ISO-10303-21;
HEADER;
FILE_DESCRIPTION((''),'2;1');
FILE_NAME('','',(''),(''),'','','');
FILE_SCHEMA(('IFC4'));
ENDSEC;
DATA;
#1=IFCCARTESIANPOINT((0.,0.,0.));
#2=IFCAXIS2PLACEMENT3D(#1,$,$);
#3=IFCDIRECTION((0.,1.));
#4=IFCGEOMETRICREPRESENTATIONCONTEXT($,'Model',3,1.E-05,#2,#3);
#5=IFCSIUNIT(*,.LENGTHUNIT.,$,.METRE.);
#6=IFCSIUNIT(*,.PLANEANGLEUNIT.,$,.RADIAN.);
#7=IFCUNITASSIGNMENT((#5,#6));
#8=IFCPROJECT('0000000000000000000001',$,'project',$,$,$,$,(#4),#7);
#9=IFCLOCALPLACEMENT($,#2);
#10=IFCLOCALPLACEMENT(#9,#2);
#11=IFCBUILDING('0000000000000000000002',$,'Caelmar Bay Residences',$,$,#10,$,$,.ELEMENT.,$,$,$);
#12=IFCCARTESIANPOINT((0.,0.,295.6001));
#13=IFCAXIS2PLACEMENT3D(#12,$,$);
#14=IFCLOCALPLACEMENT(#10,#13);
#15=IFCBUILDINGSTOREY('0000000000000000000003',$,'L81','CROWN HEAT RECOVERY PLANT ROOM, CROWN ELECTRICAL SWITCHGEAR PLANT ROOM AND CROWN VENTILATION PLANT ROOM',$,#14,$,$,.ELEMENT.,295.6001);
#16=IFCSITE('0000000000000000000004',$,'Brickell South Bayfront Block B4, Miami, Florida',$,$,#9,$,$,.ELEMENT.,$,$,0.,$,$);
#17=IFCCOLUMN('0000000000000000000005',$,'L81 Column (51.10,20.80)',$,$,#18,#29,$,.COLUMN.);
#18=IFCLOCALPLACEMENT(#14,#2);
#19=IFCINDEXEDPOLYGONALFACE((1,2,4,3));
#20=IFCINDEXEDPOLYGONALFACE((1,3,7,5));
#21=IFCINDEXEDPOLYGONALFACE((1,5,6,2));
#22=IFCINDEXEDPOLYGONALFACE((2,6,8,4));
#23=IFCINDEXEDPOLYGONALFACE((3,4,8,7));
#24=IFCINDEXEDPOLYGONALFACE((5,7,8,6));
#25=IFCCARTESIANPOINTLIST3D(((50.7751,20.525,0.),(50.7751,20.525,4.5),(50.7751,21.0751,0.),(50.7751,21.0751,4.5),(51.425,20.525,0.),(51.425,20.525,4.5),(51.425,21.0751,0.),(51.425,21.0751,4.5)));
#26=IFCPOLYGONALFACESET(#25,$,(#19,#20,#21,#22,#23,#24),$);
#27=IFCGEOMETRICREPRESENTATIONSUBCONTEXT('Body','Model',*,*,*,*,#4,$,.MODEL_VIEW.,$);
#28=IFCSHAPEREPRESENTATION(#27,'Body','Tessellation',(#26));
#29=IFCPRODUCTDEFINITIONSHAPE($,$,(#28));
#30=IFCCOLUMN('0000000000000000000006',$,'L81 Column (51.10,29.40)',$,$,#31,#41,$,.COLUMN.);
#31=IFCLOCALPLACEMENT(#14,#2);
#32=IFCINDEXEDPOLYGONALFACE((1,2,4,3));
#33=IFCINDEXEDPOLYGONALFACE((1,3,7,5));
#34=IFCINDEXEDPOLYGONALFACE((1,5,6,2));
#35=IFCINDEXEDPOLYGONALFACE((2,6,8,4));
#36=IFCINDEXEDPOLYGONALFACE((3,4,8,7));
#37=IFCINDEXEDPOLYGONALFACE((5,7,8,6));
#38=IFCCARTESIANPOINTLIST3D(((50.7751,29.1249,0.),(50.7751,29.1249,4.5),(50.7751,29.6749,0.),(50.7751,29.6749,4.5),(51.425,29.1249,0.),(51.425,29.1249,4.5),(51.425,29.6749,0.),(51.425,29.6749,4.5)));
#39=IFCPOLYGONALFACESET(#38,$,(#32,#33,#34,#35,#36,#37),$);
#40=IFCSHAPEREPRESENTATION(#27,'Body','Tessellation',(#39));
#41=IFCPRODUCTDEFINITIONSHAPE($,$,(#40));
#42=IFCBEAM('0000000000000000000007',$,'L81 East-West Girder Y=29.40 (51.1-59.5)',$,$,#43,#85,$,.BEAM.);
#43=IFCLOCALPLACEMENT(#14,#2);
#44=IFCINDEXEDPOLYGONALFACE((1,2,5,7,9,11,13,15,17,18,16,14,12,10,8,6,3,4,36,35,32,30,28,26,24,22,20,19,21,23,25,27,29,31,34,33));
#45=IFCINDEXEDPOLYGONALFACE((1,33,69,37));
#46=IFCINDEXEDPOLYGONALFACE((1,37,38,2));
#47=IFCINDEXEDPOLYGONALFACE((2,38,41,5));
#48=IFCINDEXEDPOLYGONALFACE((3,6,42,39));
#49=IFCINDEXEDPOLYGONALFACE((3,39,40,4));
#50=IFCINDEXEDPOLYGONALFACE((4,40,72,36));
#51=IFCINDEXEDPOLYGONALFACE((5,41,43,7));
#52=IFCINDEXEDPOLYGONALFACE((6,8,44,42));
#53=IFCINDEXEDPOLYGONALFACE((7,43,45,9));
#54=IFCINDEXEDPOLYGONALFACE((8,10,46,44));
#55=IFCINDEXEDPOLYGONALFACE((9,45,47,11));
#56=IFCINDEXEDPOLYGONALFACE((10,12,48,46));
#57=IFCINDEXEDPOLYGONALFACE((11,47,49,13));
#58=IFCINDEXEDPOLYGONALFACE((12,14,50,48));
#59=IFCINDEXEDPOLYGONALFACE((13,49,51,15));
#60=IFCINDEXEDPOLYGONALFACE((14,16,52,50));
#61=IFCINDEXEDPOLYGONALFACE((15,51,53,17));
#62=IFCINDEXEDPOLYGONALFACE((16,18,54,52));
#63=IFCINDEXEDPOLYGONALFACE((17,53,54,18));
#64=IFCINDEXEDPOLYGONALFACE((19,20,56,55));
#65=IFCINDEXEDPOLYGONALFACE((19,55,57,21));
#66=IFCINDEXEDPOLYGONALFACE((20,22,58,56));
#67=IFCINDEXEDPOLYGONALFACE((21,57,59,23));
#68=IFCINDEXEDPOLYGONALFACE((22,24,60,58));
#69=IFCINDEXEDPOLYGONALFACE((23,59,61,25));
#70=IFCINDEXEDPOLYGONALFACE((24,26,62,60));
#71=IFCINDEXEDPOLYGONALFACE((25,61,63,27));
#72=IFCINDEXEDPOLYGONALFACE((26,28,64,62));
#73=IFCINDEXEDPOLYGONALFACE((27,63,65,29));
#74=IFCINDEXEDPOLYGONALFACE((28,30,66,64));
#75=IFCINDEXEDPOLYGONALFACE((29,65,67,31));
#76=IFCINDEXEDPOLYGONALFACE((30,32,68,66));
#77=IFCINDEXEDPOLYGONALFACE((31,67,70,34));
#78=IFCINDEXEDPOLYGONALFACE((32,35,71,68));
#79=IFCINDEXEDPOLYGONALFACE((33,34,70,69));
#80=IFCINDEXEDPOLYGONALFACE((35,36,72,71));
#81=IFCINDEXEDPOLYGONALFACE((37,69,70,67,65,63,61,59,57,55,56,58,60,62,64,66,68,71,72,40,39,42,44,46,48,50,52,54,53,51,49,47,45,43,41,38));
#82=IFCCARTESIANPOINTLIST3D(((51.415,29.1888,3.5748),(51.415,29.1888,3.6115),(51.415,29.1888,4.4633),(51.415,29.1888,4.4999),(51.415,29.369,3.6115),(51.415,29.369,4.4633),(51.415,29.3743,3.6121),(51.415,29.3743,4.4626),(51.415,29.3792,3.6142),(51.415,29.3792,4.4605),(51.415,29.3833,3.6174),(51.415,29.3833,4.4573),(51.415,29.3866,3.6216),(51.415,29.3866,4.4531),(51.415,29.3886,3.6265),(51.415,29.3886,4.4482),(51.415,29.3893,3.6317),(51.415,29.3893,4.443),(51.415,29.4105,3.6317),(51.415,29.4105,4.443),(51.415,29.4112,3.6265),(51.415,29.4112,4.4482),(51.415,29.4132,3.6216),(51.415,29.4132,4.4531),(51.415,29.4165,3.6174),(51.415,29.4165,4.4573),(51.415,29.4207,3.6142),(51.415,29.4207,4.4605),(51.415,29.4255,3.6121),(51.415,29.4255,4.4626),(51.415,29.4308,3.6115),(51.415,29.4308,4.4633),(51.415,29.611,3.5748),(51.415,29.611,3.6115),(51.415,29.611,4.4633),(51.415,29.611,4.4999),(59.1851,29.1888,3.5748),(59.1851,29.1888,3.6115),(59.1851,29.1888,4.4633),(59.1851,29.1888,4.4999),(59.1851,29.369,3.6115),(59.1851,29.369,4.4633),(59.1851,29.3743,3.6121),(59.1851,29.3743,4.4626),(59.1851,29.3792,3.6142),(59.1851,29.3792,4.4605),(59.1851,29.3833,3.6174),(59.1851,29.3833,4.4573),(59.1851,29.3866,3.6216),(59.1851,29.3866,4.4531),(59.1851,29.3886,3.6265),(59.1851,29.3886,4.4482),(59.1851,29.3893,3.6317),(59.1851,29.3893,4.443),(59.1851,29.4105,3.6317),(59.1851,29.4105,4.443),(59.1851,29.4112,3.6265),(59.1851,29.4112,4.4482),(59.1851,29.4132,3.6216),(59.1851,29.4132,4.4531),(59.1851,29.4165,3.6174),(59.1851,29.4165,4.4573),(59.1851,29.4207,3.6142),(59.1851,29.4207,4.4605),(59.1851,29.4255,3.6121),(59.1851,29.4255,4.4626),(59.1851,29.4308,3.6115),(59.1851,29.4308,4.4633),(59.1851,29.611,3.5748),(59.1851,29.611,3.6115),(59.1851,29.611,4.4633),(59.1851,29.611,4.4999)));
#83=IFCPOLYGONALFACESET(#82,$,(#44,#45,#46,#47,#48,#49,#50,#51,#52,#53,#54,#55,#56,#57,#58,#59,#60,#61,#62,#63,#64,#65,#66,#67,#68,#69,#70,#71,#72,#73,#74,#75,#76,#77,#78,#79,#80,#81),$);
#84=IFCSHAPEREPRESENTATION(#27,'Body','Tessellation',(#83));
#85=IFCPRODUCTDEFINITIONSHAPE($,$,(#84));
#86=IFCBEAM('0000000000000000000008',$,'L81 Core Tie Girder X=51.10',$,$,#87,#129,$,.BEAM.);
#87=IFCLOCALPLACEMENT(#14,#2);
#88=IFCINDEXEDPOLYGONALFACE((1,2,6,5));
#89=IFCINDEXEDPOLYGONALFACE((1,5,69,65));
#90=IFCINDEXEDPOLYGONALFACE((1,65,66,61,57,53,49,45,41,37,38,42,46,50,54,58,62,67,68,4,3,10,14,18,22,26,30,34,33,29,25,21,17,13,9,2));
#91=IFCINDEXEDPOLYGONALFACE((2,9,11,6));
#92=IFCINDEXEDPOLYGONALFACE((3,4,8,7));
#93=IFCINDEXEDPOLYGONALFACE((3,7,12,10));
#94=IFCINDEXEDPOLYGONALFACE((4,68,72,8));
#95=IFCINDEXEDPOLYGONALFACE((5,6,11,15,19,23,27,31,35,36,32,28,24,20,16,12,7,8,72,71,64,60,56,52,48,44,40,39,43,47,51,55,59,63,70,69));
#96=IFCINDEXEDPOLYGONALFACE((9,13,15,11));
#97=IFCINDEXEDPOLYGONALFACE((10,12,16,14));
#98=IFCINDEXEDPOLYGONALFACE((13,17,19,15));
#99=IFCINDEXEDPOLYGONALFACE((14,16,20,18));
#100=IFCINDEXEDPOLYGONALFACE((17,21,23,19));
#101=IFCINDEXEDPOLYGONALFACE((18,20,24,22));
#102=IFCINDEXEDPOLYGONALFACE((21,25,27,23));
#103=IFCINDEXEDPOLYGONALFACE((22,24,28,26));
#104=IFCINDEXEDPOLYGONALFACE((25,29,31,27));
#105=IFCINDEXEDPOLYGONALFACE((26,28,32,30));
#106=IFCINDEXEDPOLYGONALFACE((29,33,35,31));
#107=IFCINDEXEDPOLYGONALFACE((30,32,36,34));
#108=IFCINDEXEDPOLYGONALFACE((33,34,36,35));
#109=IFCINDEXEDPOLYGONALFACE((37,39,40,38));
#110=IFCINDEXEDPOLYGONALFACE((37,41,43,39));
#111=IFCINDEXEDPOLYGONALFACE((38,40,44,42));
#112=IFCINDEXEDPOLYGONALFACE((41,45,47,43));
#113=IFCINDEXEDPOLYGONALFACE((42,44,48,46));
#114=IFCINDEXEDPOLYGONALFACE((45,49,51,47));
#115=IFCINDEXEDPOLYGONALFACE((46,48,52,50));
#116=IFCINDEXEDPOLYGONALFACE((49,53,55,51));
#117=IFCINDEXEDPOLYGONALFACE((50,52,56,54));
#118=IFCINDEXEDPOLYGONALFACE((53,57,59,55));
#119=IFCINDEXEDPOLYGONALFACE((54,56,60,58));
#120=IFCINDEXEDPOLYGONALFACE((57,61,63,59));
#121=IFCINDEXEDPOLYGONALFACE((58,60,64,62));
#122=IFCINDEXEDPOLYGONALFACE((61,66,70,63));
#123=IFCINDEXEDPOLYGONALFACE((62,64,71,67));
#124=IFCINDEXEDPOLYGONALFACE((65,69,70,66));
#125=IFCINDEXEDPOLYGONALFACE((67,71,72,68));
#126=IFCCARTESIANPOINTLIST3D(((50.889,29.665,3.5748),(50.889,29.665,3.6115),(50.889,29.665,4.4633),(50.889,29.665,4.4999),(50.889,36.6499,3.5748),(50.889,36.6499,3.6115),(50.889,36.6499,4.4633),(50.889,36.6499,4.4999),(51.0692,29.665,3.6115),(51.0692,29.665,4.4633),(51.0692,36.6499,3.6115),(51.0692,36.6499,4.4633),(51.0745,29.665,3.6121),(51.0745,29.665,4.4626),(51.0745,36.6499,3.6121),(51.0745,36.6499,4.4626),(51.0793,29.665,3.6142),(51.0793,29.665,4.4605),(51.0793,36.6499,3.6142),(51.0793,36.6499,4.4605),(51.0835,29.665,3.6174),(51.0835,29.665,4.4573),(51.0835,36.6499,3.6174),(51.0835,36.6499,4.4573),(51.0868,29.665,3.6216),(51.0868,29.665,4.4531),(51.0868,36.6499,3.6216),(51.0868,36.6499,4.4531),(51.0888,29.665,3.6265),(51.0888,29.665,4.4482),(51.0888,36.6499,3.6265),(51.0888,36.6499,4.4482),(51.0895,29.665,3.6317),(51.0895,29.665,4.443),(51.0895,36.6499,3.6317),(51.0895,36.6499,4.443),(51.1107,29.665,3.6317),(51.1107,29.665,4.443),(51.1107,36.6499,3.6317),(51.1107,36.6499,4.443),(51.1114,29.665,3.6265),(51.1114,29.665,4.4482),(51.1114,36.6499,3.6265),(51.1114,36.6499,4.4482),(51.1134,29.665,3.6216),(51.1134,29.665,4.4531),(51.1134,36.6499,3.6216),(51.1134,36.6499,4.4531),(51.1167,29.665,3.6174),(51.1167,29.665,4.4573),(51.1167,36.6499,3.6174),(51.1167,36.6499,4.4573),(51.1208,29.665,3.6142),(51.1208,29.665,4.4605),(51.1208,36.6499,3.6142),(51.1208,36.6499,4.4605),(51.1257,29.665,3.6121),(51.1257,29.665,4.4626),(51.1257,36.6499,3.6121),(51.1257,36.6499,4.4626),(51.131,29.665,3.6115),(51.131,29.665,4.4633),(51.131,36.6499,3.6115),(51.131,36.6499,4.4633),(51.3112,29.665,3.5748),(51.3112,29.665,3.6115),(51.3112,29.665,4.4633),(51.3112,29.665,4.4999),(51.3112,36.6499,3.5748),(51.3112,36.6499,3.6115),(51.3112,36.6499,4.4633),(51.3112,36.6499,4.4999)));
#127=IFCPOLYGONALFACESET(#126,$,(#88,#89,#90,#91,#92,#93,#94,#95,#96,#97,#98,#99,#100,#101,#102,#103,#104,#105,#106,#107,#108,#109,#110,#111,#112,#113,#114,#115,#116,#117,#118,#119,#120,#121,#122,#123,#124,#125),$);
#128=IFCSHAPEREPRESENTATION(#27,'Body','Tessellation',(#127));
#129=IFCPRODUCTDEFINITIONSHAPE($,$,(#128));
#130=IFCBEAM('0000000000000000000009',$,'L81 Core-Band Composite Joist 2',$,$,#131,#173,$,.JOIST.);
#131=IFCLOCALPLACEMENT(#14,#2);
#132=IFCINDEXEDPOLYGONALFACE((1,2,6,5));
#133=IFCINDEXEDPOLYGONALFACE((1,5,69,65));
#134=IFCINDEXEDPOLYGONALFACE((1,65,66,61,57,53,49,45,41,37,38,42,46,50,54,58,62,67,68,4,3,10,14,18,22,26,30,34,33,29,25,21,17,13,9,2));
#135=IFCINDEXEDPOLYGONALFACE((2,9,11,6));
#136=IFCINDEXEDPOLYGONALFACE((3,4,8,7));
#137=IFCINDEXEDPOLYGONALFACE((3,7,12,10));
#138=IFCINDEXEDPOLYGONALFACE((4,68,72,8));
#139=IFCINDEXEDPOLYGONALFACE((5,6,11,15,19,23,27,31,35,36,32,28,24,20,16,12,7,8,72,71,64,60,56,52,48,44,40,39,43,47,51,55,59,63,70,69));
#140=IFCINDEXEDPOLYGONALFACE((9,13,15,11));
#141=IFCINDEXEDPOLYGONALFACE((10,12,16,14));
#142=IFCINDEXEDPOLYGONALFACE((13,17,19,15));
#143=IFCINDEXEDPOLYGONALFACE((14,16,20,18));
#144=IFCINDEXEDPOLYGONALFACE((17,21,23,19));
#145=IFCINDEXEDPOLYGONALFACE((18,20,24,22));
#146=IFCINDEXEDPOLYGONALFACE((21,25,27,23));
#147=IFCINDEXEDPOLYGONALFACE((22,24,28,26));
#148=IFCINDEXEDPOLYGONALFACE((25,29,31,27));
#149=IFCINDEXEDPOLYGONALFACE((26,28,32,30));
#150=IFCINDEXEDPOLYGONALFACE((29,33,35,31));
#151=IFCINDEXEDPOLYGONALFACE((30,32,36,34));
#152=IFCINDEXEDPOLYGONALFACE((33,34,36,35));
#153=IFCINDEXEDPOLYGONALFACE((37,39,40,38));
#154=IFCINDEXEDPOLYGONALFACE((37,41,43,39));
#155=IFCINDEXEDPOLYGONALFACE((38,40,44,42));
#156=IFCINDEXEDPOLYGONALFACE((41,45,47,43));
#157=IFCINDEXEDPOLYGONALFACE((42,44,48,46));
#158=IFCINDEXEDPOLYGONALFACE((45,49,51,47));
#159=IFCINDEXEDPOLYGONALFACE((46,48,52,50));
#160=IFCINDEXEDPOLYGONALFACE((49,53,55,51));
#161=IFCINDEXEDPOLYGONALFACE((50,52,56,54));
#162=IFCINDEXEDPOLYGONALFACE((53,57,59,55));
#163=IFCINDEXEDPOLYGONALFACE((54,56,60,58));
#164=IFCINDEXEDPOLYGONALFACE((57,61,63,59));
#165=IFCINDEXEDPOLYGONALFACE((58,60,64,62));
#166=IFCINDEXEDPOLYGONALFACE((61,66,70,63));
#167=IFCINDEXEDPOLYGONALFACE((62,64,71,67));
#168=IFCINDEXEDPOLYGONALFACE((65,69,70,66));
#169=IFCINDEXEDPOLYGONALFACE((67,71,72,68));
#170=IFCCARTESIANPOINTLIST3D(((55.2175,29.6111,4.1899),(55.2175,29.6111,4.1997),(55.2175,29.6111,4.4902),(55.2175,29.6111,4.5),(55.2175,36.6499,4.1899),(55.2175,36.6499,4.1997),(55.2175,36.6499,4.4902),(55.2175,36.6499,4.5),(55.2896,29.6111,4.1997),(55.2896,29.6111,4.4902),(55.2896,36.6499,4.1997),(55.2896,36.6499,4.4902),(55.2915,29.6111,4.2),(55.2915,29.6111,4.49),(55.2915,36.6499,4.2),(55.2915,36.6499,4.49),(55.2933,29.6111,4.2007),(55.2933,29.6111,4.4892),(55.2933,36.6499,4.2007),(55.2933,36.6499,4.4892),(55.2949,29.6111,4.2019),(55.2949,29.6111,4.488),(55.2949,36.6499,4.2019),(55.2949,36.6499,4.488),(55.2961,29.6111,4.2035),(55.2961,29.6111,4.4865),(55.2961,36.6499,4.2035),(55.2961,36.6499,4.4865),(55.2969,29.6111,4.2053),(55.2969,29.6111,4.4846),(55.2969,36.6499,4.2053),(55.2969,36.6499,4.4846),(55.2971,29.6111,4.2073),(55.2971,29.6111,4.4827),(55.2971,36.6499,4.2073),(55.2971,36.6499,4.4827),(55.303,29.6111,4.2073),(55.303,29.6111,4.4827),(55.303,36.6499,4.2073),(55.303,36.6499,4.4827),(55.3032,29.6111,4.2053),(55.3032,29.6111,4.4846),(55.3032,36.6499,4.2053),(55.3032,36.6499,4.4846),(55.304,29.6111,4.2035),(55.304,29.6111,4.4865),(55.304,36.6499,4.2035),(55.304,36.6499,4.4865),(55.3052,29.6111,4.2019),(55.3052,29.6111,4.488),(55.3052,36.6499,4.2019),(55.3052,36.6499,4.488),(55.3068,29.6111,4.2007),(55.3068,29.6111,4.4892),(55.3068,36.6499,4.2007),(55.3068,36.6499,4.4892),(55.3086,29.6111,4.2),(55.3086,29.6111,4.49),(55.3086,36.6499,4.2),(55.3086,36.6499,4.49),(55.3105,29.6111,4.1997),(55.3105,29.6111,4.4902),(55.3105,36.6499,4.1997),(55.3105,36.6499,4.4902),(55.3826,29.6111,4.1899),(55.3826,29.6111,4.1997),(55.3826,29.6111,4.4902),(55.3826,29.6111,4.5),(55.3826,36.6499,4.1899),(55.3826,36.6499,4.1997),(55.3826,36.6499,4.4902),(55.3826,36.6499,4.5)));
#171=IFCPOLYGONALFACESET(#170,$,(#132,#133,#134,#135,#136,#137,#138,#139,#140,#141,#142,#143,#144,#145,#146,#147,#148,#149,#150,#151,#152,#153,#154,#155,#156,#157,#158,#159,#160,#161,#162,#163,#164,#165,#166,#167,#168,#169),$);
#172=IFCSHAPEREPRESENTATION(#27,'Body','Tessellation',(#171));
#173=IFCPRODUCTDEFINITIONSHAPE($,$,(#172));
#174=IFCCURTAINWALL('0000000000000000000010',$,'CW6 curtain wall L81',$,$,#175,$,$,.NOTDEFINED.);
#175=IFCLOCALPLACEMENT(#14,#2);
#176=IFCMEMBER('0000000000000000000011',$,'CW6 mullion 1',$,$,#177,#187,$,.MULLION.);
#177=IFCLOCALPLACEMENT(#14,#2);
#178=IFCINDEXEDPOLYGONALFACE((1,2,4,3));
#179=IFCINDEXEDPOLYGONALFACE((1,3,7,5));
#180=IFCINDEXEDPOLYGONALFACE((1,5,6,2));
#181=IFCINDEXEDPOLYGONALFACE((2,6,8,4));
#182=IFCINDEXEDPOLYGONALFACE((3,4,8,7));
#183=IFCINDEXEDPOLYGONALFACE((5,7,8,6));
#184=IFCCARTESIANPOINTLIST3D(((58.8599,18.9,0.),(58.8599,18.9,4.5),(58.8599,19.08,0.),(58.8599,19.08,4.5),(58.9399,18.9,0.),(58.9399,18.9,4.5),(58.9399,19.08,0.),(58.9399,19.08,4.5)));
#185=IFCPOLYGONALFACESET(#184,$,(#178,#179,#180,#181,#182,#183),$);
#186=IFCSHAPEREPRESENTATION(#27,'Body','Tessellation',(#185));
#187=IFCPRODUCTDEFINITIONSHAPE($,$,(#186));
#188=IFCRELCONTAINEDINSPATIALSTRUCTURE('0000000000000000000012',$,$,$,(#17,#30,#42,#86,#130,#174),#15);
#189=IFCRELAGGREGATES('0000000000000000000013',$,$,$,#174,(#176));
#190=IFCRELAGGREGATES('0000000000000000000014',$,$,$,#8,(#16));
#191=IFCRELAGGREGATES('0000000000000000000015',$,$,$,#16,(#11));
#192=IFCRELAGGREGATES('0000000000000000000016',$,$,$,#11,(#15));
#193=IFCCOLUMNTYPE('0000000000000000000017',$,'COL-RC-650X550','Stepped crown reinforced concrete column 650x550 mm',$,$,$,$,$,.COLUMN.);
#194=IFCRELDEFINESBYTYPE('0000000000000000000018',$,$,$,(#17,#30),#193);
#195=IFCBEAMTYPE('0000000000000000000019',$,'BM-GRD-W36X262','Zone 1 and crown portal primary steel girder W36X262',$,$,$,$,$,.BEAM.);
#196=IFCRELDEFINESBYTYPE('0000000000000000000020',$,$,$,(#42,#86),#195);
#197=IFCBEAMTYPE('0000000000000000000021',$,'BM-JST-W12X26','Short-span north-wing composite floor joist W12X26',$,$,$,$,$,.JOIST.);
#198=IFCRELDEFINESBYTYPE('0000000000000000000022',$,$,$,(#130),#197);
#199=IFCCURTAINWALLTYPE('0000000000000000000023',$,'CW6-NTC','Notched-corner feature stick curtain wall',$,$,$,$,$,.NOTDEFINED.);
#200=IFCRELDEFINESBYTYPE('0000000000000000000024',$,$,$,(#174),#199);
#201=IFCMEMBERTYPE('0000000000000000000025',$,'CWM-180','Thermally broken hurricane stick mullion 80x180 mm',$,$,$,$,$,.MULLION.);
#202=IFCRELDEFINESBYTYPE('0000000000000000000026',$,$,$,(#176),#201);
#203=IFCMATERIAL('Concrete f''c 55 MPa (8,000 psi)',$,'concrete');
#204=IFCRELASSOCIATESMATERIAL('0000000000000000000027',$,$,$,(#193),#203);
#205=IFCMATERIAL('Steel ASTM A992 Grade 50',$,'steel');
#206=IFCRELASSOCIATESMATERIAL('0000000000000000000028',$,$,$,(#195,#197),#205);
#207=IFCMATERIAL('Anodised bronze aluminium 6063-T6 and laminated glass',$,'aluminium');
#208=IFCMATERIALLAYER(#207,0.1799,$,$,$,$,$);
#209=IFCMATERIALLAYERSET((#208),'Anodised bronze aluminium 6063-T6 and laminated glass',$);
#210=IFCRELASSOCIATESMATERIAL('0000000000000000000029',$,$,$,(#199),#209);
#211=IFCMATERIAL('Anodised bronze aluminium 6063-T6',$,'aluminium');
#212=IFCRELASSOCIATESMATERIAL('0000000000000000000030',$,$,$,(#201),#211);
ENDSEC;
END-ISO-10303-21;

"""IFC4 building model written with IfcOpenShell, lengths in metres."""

from ifc_helpers import new_model, si_unit, direction, frame, origin, origin_2d, place, context, subcontext, project, spatial, rectangle, i_section, extrude, material, layer, layer_set, material_profile, profile_set, type_object, element, aggregate, save


model = new_model("IFC4")

# Units and contexts
model_context = context("Model", 3, precision=1e-05, world=origin(), true_north=direction((0.0, 1.0)))
body_context = subcontext(model_context, "Body", "Model", "MODEL_VIEW")
ifc_project = project(units=[si_unit("LENGTHUNIT", "METRE"), si_unit("PLANEANGLEUNIT", "RADIAN")], contexts=[model_context])

# Site, building, storey
site_placement = place(None, origin())
site = spatial("IfcSite", under=ifc_project, at=site_placement, Name="Brickell South Bayfront Block B4, Miami, Florida", CompositionType="ELEMENT", RefElevation=0.0)
building_placement = place(site_placement, origin())
building = spatial("IfcBuilding", under=site, at=building_placement, Name="Caelmar Bay Residences", CompositionType="ELEMENT")
storey_placement = place(building_placement, frame((0.0, 0.0, 295.6001)))
storey = spatial("IfcBuildingStorey", under=building, at=storey_placement, Name="L81", Description="CROWN HEAT RECOVERY PLANT ROOM, CROWN ELECTRICAL SWITCHGEAR PLANT ROOM AND CROWN VENTILATION PLANT ROOM", CompositionType="ELEMENT", Elevation=295.6001)

# Columns
ifc_material_1 = material(Name="Concrete f'c 55 MPa (8,000 psi)", Category="concrete")
ifc_material_profile_1 = material_profile(ifc_material_1, rectangle(XDim=0.6499, YDim=0.55, at=origin_2d()), Name="RC-COL-650X550")
ifc_profile_set_1 = profile_set([ifc_material_profile_1], Name="Concrete f'c 55 MPa (8,000 psi)")
column_type = type_object("IfcColumnType", Name="COL-RC-650X550", Description="Stepped crown reinforced concrete column 650x550 mm", PredefinedType="COLUMN", material=ifc_profile_set_1)
for number, where, z_axis, x_axis, name in (
    (1, (51.1001, 20.8, 0.0), (0.0, 0.0, 1.0), (1.0, 0.0, 0.0), "L81 Column (51.10,20.80)"),
    (2, (51.1001, 29.3999, 0.0), (0.0, 0.0, 1.0), (1.0, 0.0, 0.0), "L81 Column (51.10,29.40)"),
):
    element("IfcColumn", number, at=place(storey_placement, frame(where, z_axis=z_axis, x_axis=x_axis)), inside=storey, type_object=column_type, Name=name, PredefinedType="COLUMN", context=body_context, shape_type="SweptSolid", body=[
        extrude(rectangle(XDim=0.6499, YDim=0.55, at=origin_2d()), origin(), (0.0, 0.0, 1.0), 4.5),
    ])

# Beams
ifc_material_2 = material(Name="Steel ASTM A992 Grade 50", Category="steel")
ifc_material_profile_2 = material_profile(ifc_material_2, i_section(OverallWidth=0.4221, OverallDepth=0.925, WebThickness=0.0212, FlangeThickness=0.0366, FilletRadius=0.0203, at=origin_2d()), Name="W36X262")
ifc_profile_set_2 = profile_set([ifc_material_profile_2], Name="Steel ASTM A992 Grade 50")
beam_type_1 = type_object("IfcBeamType", Name="BM-GRD-W36X262", Description="Zone 1 and crown portal primary steel girder W36X262", PredefinedType="BEAM", material=ifc_profile_set_2)
beam_1_placement = place(storey_placement, frame((51.415, 29.3999, 4.0374), z_axis=(1.0, 0.0, 0.0), x_axis=(0.0, 1.0, 0.0)))
element("IfcBeam", 3, at=beam_1_placement, inside=storey, type_object=beam_type_1, Name="L81 East-West Girder Y=29.40 (51.1-59.5)", PredefinedType="BEAM", context=body_context, shape_type="SweptSolid", body=[
    extrude(i_section(OverallWidth=0.4221, OverallDepth=0.925, WebThickness=0.0212, FlangeThickness=0.0366, FilletRadius=0.0203, at=origin_2d()), origin(), (0.0, 0.0, 1.0), 7.77),
])
beam_2_placement = place(storey_placement, frame((51.1001, 29.665, 4.0374), z_axis=(0.0, 1.0, 0.0), x_axis=(-1.0, 0.0, 0.0)))
element("IfcBeam", 4, at=beam_2_placement, inside=storey, type_object=beam_type_1, Name="L81 Core Tie Girder X=51.10", PredefinedType="BEAM", context=body_context, shape_type="SweptSolid", body=[
    extrude(i_section(OverallWidth=0.4221, OverallDepth=0.925, WebThickness=0.0212, FlangeThickness=0.0366, FilletRadius=0.0203, at=origin_2d()), origin(), (0.0, 0.0, 1.0), 6.9849),
])
ifc_material_profile_3 = material_profile(ifc_material_2, i_section(OverallWidth=0.165, OverallDepth=0.3101, WebThickness=0.0059, FlangeThickness=0.0098, FilletRadius=0.0076, at=origin_2d()), Name="W12X26")
ifc_profile_set_3 = profile_set([ifc_material_profile_3], Name="Steel ASTM A992 Grade 50")
beam_type_2 = type_object("IfcBeamType", Name="BM-JST-W12X26", Description="Short-span north-wing composite floor joist W12X26", PredefinedType="JOIST", material=ifc_profile_set_3)
beam_3_placement = place(storey_placement, frame((55.3, 29.6111, 4.345), z_axis=(0.0, 1.0, 0.0), x_axis=(-1.0, 0.0, 0.0)))
element("IfcBeam", 5, at=beam_3_placement, inside=storey, type_object=beam_type_2, Name="L81 Core-Band Composite Joist 2", PredefinedType="JOIST", context=body_context, shape_type="SweptSolid", body=[
    extrude(i_section(OverallWidth=0.165, OverallDepth=0.3101, WebThickness=0.0059, FlangeThickness=0.0098, FilletRadius=0.0076, at=origin_2d()), origin(), (0.0, 0.0, 1.0), 7.0388),
])

# Curtain wall, member
ifc_material_3 = material(Name="Anodised bronze aluminium 6063-T6 and laminated glass", Category="aluminium")
ifc_layer_1 = layer(ifc_material_3, 0.1799)
ifc_layer_set_1 = layer_set([ifc_layer_1], Name="Anodised bronze aluminium 6063-T6 and laminated glass")
curtain_wall_type = type_object("IfcCurtainWallType", Name="CW6-NTC", Description="Notched-corner feature stick curtain wall", PredefinedType="NOTDEFINED", material=ifc_layer_set_1)
curtain_wall_placement = place(storey_placement, origin())
curtain_wall = element("IfcCurtainWall", 6, at=curtain_wall_placement, inside=storey, type_object=curtain_wall_type, Name="CW6 curtain wall L81", PredefinedType="NOTDEFINED")
ifc_material_4 = material(Name="Anodised bronze aluminium 6063-T6", Category="aluminium")
ifc_material_profile_4 = material_profile(ifc_material_4, rectangle(XDim=0.0801, YDim=0.1799, at=origin_2d()), Name="CWM-80X180")
ifc_profile_set_4 = profile_set([ifc_material_profile_4], Name="Anodised bronze aluminium 6063-T6")
member_type_1 = type_object("IfcMemberType", Name="CWM-180", Description="Thermally broken hurricane stick mullion 80x180 mm", PredefinedType="MULLION", material=ifc_profile_set_4)
member_1_placement = place(storey_placement, frame((58.8999, 18.99, 0.0), z_axis=(0.0, 0.0, 1.0), x_axis=(-1.0, 0.0, 0.0)))
member_1 = element("IfcMember", 7, at=member_1_placement, type_object=member_type_1, Name="CW6 mullion 1", PredefinedType="MULLION", context=body_context, shape_type="SweptSolid", body=[
    extrude(rectangle(XDim=0.0801, YDim=0.1799, at=origin_2d()), origin(), (0.0, 0.0, 1.0), 4.5),
])

aggregate(curtain_wall, [member_1])

save(model, "model.ifc")
